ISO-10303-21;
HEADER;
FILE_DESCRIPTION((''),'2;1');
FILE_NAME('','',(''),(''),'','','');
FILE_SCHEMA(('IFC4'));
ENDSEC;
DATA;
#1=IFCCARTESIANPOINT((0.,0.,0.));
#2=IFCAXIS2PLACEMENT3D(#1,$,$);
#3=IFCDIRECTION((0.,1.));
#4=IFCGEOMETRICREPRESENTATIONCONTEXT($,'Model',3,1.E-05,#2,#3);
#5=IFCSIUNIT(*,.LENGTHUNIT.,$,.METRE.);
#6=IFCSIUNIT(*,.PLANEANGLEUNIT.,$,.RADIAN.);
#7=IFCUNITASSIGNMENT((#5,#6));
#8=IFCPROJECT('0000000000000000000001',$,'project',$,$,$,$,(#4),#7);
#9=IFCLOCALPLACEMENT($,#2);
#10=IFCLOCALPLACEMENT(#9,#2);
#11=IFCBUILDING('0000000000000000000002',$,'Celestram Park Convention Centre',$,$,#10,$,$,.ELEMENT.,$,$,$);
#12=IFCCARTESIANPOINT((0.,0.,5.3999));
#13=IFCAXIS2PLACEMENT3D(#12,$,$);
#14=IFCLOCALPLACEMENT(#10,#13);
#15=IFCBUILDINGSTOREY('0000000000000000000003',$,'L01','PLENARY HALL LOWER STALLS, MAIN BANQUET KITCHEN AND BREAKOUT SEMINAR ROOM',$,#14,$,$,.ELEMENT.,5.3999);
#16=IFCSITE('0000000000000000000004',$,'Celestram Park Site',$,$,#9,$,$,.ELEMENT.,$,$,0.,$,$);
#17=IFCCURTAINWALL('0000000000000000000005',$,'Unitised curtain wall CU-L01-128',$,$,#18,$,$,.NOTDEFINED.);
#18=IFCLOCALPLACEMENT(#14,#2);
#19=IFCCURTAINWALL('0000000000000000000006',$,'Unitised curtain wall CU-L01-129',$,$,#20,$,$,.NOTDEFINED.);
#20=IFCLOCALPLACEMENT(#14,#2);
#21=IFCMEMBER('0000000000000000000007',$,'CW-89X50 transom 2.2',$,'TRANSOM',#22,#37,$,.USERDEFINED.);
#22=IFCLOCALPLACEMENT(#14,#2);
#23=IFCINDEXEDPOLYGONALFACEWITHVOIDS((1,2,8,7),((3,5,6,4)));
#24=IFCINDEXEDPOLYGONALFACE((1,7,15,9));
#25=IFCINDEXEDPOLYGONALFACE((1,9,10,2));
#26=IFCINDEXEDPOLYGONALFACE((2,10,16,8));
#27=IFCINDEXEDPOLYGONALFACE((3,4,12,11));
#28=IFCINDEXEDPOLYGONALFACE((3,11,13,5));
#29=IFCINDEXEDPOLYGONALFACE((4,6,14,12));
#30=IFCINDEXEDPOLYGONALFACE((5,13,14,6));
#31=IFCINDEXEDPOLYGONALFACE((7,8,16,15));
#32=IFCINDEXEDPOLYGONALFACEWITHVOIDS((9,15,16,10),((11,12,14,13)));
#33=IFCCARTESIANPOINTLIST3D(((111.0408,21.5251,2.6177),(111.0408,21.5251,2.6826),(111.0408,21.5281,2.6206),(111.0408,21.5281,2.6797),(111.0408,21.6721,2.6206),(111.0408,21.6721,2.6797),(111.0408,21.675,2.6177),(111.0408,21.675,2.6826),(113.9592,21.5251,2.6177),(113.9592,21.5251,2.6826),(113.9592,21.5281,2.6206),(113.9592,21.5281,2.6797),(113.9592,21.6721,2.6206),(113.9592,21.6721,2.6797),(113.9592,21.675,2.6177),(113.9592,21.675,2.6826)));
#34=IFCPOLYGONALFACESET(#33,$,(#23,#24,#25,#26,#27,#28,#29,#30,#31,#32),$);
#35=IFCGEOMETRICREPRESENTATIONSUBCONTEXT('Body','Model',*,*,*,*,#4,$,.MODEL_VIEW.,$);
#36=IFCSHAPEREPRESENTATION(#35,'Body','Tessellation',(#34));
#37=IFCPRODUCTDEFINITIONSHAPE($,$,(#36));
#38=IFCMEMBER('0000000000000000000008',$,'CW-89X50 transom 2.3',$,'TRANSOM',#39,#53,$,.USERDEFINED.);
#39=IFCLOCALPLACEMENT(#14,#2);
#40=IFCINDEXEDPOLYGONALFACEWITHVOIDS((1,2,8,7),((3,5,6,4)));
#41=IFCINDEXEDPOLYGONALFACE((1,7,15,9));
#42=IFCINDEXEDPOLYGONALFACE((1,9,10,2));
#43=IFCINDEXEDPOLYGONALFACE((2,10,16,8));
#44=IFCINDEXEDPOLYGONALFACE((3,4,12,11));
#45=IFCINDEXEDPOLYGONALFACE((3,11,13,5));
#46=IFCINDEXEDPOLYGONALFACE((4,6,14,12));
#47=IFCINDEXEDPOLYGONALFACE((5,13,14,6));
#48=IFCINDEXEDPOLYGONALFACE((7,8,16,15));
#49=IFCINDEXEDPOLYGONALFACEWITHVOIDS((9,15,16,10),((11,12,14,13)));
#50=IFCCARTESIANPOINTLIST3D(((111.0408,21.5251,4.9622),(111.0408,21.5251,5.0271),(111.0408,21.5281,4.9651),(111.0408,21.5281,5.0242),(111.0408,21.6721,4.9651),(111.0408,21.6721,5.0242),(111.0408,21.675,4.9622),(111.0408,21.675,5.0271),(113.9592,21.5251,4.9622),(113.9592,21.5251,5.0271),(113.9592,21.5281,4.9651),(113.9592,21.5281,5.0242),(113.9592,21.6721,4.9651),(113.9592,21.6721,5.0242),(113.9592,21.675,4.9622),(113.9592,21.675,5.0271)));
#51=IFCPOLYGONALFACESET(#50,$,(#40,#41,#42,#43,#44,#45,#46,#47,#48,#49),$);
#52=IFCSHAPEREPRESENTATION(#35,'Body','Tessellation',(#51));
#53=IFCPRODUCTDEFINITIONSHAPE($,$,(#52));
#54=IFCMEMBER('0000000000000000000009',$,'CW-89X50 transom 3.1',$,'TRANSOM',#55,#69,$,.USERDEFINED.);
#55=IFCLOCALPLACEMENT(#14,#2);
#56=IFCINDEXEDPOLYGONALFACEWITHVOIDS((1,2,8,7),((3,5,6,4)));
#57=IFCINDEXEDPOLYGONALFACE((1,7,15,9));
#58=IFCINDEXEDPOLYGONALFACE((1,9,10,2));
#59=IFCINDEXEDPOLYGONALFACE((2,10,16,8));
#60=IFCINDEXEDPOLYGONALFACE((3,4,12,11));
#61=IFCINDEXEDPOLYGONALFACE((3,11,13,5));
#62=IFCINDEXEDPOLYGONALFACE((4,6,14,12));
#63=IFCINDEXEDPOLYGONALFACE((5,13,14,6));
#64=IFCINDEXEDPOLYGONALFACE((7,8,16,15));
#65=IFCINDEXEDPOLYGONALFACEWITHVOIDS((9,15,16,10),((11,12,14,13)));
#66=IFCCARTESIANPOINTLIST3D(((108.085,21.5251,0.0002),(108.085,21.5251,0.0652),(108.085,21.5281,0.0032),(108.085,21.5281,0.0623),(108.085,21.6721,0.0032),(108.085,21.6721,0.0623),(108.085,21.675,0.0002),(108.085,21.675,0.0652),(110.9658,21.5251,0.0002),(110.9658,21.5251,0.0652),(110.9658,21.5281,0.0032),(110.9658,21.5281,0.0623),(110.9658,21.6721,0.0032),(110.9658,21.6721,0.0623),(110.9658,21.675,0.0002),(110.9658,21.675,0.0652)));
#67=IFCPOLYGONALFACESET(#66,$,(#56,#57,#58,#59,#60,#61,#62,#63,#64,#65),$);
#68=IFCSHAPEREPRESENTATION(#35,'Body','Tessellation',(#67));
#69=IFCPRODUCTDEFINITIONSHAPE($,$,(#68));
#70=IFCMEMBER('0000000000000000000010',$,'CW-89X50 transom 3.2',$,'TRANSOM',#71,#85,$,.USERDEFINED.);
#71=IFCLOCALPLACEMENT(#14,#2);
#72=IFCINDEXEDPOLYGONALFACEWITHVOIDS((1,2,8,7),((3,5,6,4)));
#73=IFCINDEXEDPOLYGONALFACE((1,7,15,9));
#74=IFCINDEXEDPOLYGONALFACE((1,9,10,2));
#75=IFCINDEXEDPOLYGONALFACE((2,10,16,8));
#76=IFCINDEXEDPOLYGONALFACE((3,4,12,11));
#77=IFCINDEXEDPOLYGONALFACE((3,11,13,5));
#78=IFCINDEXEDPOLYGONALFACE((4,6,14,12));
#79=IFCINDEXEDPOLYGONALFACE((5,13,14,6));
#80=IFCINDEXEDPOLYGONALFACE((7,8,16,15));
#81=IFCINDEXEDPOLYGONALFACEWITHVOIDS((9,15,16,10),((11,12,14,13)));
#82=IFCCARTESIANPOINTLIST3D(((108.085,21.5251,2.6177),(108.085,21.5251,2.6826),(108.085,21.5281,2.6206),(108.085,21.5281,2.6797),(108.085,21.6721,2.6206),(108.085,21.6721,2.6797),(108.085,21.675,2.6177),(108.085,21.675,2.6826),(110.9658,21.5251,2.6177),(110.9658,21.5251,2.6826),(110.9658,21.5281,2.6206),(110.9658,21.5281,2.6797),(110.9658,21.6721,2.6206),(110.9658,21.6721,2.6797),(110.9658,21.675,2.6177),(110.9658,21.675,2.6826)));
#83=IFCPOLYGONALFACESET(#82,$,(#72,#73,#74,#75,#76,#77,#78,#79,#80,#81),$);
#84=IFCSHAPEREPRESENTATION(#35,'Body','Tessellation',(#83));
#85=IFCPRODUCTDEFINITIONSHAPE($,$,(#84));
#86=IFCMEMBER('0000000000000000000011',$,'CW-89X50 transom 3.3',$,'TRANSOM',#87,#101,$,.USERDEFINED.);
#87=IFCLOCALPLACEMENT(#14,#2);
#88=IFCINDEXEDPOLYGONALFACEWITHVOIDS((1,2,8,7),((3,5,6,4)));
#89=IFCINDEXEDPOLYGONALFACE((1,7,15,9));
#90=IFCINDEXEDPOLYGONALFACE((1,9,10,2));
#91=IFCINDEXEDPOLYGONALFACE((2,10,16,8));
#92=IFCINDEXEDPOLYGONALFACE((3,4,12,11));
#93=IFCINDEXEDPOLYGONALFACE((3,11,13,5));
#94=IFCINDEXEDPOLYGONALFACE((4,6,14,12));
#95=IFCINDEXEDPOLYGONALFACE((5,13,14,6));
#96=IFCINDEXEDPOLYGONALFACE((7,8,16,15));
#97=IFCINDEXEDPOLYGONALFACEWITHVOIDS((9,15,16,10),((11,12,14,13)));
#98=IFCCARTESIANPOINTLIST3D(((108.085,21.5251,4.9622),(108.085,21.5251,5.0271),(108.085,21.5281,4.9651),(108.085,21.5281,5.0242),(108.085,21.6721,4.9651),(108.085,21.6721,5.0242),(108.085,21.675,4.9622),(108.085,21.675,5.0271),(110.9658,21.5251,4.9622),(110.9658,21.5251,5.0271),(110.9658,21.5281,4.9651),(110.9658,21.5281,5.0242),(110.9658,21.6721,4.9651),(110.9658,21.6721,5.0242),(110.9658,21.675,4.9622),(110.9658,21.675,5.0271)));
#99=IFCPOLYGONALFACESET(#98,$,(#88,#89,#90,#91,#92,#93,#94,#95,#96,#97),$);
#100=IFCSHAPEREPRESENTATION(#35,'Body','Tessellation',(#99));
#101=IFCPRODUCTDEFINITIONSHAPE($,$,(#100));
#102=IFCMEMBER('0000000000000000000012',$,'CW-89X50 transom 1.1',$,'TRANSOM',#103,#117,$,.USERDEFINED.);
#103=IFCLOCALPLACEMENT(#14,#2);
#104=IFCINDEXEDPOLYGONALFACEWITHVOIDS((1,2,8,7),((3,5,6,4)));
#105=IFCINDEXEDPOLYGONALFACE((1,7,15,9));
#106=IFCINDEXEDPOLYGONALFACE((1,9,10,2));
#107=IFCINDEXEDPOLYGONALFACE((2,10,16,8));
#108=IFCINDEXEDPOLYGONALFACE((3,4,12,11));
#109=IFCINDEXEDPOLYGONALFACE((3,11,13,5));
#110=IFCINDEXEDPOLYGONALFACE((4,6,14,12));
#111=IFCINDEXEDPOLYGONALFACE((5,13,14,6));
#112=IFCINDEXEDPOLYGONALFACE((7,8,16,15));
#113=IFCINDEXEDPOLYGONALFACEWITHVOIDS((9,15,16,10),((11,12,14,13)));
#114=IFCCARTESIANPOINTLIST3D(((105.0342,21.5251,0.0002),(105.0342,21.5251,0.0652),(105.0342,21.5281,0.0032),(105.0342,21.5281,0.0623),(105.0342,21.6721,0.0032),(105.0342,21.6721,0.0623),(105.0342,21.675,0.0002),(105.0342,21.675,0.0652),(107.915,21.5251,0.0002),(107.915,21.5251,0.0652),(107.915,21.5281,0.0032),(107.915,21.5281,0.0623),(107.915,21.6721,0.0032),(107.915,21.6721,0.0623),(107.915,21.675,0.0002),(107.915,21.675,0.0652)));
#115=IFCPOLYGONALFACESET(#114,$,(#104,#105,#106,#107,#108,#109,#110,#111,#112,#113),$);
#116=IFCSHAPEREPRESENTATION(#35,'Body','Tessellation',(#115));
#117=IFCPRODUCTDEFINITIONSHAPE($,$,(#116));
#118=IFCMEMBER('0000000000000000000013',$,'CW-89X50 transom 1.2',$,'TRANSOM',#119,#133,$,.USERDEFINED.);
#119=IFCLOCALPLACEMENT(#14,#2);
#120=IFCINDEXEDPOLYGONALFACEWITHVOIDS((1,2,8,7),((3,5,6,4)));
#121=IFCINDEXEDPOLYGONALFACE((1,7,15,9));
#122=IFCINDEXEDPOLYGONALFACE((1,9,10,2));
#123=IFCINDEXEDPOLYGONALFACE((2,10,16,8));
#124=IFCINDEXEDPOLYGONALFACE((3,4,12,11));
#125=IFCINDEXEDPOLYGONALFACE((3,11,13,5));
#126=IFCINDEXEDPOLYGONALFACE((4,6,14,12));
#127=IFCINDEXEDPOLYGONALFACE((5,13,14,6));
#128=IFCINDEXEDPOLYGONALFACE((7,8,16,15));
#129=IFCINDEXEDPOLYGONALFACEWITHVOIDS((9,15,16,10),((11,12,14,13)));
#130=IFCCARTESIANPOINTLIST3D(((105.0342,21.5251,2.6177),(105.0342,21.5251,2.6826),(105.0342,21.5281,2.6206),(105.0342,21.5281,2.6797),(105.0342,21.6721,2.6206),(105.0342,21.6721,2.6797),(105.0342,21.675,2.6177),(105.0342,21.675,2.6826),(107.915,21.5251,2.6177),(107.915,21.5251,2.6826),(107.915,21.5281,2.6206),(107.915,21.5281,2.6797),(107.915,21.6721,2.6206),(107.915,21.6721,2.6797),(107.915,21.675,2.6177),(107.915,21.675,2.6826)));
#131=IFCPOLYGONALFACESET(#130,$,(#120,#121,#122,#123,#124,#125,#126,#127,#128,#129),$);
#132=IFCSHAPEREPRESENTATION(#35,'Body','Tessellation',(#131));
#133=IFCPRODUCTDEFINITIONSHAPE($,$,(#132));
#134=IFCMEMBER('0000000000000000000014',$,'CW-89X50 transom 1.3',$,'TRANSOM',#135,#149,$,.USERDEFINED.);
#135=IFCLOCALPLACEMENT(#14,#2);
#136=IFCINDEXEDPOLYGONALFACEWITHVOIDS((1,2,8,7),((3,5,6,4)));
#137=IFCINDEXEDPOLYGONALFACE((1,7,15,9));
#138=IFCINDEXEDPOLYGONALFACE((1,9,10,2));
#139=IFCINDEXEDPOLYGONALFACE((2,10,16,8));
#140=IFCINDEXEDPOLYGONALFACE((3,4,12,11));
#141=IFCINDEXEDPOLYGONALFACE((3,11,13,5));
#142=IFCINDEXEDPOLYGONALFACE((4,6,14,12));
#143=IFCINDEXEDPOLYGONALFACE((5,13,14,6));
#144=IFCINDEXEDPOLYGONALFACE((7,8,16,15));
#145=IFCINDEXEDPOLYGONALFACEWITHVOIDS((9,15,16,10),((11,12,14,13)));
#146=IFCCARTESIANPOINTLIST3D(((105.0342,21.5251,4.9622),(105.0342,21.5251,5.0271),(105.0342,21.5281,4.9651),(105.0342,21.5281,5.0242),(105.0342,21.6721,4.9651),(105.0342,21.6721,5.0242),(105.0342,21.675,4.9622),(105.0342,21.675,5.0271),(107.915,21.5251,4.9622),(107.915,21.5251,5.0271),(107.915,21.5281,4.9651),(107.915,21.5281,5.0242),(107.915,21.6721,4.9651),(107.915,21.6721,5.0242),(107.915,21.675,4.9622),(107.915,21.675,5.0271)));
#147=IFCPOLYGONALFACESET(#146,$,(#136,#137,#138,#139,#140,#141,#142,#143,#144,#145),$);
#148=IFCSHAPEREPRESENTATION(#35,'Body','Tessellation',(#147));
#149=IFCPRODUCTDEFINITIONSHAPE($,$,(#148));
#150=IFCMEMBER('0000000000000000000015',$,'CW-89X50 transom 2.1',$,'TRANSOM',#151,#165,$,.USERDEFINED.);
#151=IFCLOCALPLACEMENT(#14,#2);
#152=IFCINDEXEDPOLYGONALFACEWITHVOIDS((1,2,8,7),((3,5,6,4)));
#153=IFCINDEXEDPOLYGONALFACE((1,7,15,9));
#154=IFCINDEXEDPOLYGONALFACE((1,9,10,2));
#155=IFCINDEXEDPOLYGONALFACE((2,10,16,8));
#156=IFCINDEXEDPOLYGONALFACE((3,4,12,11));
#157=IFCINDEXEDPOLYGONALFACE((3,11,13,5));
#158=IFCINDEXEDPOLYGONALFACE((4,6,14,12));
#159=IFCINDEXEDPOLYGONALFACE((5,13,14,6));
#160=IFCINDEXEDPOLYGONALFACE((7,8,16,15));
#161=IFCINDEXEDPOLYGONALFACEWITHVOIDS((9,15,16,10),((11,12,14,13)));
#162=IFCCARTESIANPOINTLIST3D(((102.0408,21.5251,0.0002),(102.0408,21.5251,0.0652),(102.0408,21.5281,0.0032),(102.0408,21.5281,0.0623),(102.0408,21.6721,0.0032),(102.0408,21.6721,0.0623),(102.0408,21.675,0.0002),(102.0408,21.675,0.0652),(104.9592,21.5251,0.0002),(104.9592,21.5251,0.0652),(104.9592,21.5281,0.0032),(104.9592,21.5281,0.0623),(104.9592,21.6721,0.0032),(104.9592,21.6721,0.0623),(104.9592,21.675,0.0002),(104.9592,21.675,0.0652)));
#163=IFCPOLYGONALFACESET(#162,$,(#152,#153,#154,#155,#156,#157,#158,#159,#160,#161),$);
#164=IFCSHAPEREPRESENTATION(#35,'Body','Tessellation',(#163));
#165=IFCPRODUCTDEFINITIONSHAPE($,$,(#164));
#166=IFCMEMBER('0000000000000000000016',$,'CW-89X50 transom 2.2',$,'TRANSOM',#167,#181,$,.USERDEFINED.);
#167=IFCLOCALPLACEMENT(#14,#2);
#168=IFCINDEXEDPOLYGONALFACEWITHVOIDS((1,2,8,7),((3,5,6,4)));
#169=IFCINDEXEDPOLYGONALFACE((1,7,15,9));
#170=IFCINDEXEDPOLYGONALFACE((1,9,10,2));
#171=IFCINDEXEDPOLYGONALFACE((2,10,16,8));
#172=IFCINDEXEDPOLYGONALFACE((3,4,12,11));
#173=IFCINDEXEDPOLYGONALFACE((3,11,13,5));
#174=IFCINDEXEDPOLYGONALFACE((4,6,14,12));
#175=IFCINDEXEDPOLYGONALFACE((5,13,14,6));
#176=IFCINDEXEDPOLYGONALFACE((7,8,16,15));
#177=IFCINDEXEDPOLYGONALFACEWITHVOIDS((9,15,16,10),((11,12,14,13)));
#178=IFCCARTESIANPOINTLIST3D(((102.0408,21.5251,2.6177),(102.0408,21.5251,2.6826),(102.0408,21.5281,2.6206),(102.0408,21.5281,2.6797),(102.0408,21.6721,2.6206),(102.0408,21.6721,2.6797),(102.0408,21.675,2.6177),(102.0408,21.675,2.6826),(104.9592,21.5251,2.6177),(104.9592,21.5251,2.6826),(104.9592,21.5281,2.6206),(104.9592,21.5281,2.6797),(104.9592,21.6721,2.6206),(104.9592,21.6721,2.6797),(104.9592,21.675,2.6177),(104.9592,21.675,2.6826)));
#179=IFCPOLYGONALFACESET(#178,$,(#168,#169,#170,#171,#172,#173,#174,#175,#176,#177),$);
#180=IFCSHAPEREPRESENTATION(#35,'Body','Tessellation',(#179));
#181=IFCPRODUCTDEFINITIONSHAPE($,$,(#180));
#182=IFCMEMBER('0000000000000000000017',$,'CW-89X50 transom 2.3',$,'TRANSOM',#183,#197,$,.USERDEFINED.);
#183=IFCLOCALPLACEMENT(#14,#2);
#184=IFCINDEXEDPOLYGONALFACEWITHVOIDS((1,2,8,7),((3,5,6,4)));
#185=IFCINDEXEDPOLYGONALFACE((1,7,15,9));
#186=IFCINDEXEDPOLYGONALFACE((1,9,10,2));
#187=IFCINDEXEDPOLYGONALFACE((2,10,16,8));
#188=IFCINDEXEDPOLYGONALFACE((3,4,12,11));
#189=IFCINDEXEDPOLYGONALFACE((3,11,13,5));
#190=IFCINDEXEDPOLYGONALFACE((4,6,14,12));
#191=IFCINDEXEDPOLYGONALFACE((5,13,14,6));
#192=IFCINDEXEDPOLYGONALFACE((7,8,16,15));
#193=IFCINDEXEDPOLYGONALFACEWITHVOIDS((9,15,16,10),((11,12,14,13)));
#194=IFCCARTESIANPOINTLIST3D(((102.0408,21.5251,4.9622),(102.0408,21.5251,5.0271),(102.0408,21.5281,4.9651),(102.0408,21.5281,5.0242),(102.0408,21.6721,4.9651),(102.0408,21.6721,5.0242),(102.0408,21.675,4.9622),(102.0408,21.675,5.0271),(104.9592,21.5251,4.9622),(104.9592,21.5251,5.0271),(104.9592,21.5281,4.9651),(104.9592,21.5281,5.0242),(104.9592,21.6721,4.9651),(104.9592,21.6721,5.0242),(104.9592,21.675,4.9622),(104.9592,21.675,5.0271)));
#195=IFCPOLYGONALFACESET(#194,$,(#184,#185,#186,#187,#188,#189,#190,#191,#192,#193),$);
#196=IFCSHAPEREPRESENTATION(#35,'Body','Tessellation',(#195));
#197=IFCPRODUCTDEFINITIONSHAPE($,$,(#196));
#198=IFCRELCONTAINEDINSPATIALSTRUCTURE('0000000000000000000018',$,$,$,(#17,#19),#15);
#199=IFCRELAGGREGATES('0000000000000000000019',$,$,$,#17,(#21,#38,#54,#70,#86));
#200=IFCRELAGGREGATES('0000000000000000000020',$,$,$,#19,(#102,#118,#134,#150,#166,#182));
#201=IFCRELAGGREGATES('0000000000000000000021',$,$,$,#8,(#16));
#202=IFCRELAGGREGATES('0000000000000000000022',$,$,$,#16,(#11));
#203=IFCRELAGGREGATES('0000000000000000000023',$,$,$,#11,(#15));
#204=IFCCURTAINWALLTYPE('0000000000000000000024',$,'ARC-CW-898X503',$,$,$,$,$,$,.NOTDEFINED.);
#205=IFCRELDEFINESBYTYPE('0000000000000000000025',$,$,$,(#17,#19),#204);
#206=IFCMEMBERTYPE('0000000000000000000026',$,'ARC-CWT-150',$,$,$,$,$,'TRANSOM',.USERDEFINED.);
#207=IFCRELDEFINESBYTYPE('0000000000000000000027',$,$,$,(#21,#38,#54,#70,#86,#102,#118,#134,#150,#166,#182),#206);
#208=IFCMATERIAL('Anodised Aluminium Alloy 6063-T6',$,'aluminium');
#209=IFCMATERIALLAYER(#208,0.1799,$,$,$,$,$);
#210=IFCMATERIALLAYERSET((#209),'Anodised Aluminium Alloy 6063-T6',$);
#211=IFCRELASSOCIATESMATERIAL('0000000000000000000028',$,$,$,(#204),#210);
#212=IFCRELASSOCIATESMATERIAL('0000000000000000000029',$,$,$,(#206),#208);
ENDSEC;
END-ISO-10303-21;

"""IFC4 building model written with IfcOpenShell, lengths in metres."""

from ifc_helpers import new_model, si_unit, direction, frame, origin, origin_2d, place, context, subcontext, project, spatial, hollow_rectangle, extrude, material, layer, layer_set, material_profile, profile_set, type_object, element, aggregate, save


model = new_model("IFC4")

# Units and contexts
model_context = context("Model", 3, precision=1e-05, world=origin(), true_north=direction((0.0, 1.0)))
body_context = subcontext(model_context, "Body", "Model", "MODEL_VIEW")
ifc_project = project(units=[si_unit("LENGTHUNIT", "METRE"), si_unit("PLANEANGLEUNIT", "RADIAN")], contexts=[model_context])

# Site, building, storey
site_placement = place(None, origin())
site = spatial("IfcSite", under=ifc_project, at=site_placement, Name="Celestram Park Site", CompositionType="ELEMENT", RefElevation=0.0)
building_placement = place(site_placement, origin())
building = spatial("IfcBuilding", under=site, at=building_placement, Name="Celestram Park Convention Centre", CompositionType="ELEMENT")
storey_placement = place(building_placement, frame((0.0, 0.0, 5.3999)))
storey = spatial("IfcBuildingStorey", under=building, at=storey_placement, Name="L01", Description="PLENARY HALL LOWER STALLS, MAIN BANQUET KITCHEN AND BREAKOUT SEMINAR ROOM", CompositionType="ELEMENT", Elevation=5.3999)

# Curtain walls
ifc_material_1 = material(Name="Anodised Aluminium Alloy 6063-T6", Category="aluminium")
ifc_layer_1 = layer(ifc_material_1, 0.1799)
ifc_layer_set_1 = layer_set([ifc_layer_1], Name="Anodised Aluminium Alloy 6063-T6")
curtain_wall_type = type_object("IfcCurtainWallType", Name="ARC-CW-898X503", PredefinedType="NOTDEFINED", material=ifc_layer_set_1)
curtain_wall_1_placement = place(storey_placement, origin())
curtain_wall_1 = element("IfcCurtainWall", 1, at=curtain_wall_1_placement, inside=storey, type_object=curtain_wall_type, Name="Unitised curtain wall CU-L01-128", PredefinedType="NOTDEFINED")
curtain_wall_2_placement = place(storey_placement, origin())
curtain_wall_2 = element("IfcCurtainWall", 2, at=curtain_wall_2_placement, inside=storey, type_object=curtain_wall_type, Name="Unitised curtain wall CU-L01-129", PredefinedType="NOTDEFINED")

# Members
ifc_material_profile_1 = material_profile(ifc_material_1, hollow_rectangle(XDim=0.1499, YDim=0.0649, WallThickness=0.0029, at=origin_2d()), Name="ALU150X65X3")
ifc_profile_set_1 = profile_set([ifc_material_profile_1], Name="Anodised Aluminium Alloy 6063-T6")
member_type_1 = type_object("IfcMemberType", Name="ARC-CWT-150", ElementType="TRANSOM", PredefinedType="USERDEFINED", material=ifc_profile_set_1)
member_1_placement = place(storey_placement, frame((113.9592, 21.6001, 2.6501), z_axis=(-1.0, 0.0, 0.0), x_axis=(0.0, -1.0, 0.0)))
member_1 = element("IfcMember", 3, at=member_1_placement, type_object=member_type_1, Name="CW-89X50 transom 2.2", ObjectType="TRANSOM", PredefinedType="USERDEFINED", context=body_context, shape_type="SweptSolid", body=[
    extrude(hollow_rectangle(XDim=0.1499, YDim=0.0649, WallThickness=0.0029, at=origin_2d()), origin(), (0.0, 0.0, 1.0), 2.9185),
])
member_2_placement = place(storey_placement, frame((113.9592, 21.6001, 4.9946), z_axis=(-1.0, 0.0, 0.0), x_axis=(0.0, -1.0, 0.0)))
member_2 = element("IfcMember", 4, at=member_2_placement, type_object=member_type_1, Name="CW-89X50 transom 2.3", ObjectType="TRANSOM", PredefinedType="USERDEFINED", context=body_context, shape_type="SweptSolid", body=[
    extrude(hollow_rectangle(XDim=0.1499, YDim=0.0649, WallThickness=0.0029, at=origin_2d()), origin(), (0.0, 0.0, 1.0), 2.9185),
])
member_3_placement = place(storey_placement, frame((110.9658, 21.6001, 0.0327), z_axis=(-1.0, 0.0, 0.0), x_axis=(0.0, -1.0, 0.0)))
member_3 = element("IfcMember", 5, at=member_3_placement, type_object=member_type_1, Name="CW-89X50 transom 3.1", ObjectType="TRANSOM", PredefinedType="USERDEFINED", context=body_context, shape_type="SweptSolid", body=[
    extrude(hollow_rectangle(XDim=0.1499, YDim=0.0649, WallThickness=0.0029, at=origin_2d()), origin(), (0.0, 0.0, 1.0), 2.8809),
])
member_4_placement = place(storey_placement, frame((110.9658, 21.6001, 2.6501), z_axis=(-1.0, 0.0, 0.0), x_axis=(0.0, -1.0, 0.0)))
member_4 = element("IfcMember", 6, at=member_4_placement, type_object=member_type_1, Name="CW-89X50 transom 3.2", ObjectType="TRANSOM", PredefinedType="USERDEFINED", context=body_context, shape_type="SweptSolid", body=[
    extrude(hollow_rectangle(XDim=0.1499, YDim=0.0649, WallThickness=0.0029, at=origin_2d()), origin(), (0.0, 0.0, 1.0), 2.8809),
])
member_5_placement = place(storey_placement, frame((110.9658, 21.6001, 4.9946), z_axis=(-1.0, 0.0, 0.0), x_axis=(0.0, -1.0, 0.0)))
member_5 = element("IfcMember", 7, at=member_5_placement, type_object=member_type_1, Name="CW-89X50 transom 3.3", ObjectType="TRANSOM", PredefinedType="USERDEFINED", context=body_context, shape_type="SweptSolid", body=[
    extrude(hollow_rectangle(XDim=0.1499, YDim=0.0649, WallThickness=0.0029, at=origin_2d()), origin(), (0.0, 0.0, 1.0), 2.8809),
])
member_6_placement = place(storey_placement, frame((107.915, 21.6001, 0.0327), z_axis=(-1.0, 0.0, 0.0), x_axis=(0.0, -1.0, 0.0)))
member_6 = element("IfcMember", 8, at=member_6_placement, type_object=member_type_1, Name="CW-89X50 transom 1.1", ObjectType="TRANSOM", PredefinedType="USERDEFINED", context=body_context, shape_type="SweptSolid", body=[
    extrude(hollow_rectangle(XDim=0.1499, YDim=0.0649, WallThickness=0.0029, at=origin_2d()), origin(), (0.0, 0.0, 1.0), 2.8809),
])
member_7_placement = place(storey_placement, frame((107.915, 21.6001, 2.6501), z_axis=(-1.0, 0.0, 0.0), x_axis=(0.0, -1.0, 0.0)))
member_7 = element("IfcMember", 9, at=member_7_placement, type_object=member_type_1, Name="CW-89X50 transom 1.2", ObjectType="TRANSOM", PredefinedType="USERDEFINED", context=body_context, shape_type="SweptSolid", body=[
    extrude(hollow_rectangle(XDim=0.1499, YDim=0.0649, WallThickness=0.0029, at=origin_2d()), origin(), (0.0, 0.0, 1.0), 2.8809),
])
member_8_placement = place(storey_placement, frame((107.915, 21.6001, 4.9946), z_axis=(-1.0, 0.0, 0.0), x_axis=(0.0, -1.0, 0.0)))
member_8 = element("IfcMember", 10, at=member_8_placement, type_object=member_type_1, Name="CW-89X50 transom 1.3", ObjectType="TRANSOM", PredefinedType="USERDEFINED", context=body_context, shape_type="SweptSolid", body=[
    extrude(hollow_rectangle(XDim=0.1499, YDim=0.0649, WallThickness=0.0029, at=origin_2d()), origin(), (0.0, 0.0, 1.0), 2.8809),
])
member_9_placement = place(storey_placement, frame((104.9592, 21.6001, 0.0327), z_axis=(-1.0, 0.0, 0.0), x_axis=(0.0, -1.0, 0.0)))
member_9 = element("IfcMember", 11, at=member_9_placement, type_object=member_type_1, Name="CW-89X50 transom 2.1", ObjectType="TRANSOM", PredefinedType="USERDEFINED", context=body_context, shape_type="SweptSolid", body=[
    extrude(hollow_rectangle(XDim=0.1499, YDim=0.0649, WallThickness=0.0029, at=origin_2d()), origin(), (0.0, 0.0, 1.0), 2.9185),
])
member_10_placement = place(storey_placement, frame((104.9592, 21.6001, 2.6501), z_axis=(-1.0, 0.0, 0.0), x_axis=(0.0, -1.0, 0.0)))
member_10 = element("IfcMember", 12, at=member_10_placement, type_object=member_type_1, Name="CW-89X50 transom 2.2", ObjectType="TRANSOM", PredefinedType="USERDEFINED", context=body_context, shape_type="SweptSolid", body=[
    extrude(hollow_rectangle(XDim=0.1499, YDim=0.0649, WallThickness=0.0029, at=origin_2d()), origin(), (0.0, 0.0, 1.0), 2.9185),
])
member_11_placement = place(storey_placement, frame((104.9592, 21.6001, 4.9946), z_axis=(-1.0, 0.0, 0.0), x_axis=(0.0, -1.0, 0.0)))
member_11 = element("IfcMember", 13, at=member_11_placement, type_object=member_type_1, Name="CW-89X50 transom 2.3", ObjectType="TRANSOM", PredefinedType="USERDEFINED", context=body_context, shape_type="SweptSolid", body=[
    extrude(hollow_rectangle(XDim=0.1499, YDim=0.0649, WallThickness=0.0029, at=origin_2d()), origin(), (0.0, 0.0, 1.0), 2.9185),
])

aggregate(curtain_wall_1, [member_1, member_2, member_3, member_4, member_5])
aggregate(curtain_wall_2, [member_6, member_7, member_8, member_9, member_10, member_11])

save(model, "model.ifc")
